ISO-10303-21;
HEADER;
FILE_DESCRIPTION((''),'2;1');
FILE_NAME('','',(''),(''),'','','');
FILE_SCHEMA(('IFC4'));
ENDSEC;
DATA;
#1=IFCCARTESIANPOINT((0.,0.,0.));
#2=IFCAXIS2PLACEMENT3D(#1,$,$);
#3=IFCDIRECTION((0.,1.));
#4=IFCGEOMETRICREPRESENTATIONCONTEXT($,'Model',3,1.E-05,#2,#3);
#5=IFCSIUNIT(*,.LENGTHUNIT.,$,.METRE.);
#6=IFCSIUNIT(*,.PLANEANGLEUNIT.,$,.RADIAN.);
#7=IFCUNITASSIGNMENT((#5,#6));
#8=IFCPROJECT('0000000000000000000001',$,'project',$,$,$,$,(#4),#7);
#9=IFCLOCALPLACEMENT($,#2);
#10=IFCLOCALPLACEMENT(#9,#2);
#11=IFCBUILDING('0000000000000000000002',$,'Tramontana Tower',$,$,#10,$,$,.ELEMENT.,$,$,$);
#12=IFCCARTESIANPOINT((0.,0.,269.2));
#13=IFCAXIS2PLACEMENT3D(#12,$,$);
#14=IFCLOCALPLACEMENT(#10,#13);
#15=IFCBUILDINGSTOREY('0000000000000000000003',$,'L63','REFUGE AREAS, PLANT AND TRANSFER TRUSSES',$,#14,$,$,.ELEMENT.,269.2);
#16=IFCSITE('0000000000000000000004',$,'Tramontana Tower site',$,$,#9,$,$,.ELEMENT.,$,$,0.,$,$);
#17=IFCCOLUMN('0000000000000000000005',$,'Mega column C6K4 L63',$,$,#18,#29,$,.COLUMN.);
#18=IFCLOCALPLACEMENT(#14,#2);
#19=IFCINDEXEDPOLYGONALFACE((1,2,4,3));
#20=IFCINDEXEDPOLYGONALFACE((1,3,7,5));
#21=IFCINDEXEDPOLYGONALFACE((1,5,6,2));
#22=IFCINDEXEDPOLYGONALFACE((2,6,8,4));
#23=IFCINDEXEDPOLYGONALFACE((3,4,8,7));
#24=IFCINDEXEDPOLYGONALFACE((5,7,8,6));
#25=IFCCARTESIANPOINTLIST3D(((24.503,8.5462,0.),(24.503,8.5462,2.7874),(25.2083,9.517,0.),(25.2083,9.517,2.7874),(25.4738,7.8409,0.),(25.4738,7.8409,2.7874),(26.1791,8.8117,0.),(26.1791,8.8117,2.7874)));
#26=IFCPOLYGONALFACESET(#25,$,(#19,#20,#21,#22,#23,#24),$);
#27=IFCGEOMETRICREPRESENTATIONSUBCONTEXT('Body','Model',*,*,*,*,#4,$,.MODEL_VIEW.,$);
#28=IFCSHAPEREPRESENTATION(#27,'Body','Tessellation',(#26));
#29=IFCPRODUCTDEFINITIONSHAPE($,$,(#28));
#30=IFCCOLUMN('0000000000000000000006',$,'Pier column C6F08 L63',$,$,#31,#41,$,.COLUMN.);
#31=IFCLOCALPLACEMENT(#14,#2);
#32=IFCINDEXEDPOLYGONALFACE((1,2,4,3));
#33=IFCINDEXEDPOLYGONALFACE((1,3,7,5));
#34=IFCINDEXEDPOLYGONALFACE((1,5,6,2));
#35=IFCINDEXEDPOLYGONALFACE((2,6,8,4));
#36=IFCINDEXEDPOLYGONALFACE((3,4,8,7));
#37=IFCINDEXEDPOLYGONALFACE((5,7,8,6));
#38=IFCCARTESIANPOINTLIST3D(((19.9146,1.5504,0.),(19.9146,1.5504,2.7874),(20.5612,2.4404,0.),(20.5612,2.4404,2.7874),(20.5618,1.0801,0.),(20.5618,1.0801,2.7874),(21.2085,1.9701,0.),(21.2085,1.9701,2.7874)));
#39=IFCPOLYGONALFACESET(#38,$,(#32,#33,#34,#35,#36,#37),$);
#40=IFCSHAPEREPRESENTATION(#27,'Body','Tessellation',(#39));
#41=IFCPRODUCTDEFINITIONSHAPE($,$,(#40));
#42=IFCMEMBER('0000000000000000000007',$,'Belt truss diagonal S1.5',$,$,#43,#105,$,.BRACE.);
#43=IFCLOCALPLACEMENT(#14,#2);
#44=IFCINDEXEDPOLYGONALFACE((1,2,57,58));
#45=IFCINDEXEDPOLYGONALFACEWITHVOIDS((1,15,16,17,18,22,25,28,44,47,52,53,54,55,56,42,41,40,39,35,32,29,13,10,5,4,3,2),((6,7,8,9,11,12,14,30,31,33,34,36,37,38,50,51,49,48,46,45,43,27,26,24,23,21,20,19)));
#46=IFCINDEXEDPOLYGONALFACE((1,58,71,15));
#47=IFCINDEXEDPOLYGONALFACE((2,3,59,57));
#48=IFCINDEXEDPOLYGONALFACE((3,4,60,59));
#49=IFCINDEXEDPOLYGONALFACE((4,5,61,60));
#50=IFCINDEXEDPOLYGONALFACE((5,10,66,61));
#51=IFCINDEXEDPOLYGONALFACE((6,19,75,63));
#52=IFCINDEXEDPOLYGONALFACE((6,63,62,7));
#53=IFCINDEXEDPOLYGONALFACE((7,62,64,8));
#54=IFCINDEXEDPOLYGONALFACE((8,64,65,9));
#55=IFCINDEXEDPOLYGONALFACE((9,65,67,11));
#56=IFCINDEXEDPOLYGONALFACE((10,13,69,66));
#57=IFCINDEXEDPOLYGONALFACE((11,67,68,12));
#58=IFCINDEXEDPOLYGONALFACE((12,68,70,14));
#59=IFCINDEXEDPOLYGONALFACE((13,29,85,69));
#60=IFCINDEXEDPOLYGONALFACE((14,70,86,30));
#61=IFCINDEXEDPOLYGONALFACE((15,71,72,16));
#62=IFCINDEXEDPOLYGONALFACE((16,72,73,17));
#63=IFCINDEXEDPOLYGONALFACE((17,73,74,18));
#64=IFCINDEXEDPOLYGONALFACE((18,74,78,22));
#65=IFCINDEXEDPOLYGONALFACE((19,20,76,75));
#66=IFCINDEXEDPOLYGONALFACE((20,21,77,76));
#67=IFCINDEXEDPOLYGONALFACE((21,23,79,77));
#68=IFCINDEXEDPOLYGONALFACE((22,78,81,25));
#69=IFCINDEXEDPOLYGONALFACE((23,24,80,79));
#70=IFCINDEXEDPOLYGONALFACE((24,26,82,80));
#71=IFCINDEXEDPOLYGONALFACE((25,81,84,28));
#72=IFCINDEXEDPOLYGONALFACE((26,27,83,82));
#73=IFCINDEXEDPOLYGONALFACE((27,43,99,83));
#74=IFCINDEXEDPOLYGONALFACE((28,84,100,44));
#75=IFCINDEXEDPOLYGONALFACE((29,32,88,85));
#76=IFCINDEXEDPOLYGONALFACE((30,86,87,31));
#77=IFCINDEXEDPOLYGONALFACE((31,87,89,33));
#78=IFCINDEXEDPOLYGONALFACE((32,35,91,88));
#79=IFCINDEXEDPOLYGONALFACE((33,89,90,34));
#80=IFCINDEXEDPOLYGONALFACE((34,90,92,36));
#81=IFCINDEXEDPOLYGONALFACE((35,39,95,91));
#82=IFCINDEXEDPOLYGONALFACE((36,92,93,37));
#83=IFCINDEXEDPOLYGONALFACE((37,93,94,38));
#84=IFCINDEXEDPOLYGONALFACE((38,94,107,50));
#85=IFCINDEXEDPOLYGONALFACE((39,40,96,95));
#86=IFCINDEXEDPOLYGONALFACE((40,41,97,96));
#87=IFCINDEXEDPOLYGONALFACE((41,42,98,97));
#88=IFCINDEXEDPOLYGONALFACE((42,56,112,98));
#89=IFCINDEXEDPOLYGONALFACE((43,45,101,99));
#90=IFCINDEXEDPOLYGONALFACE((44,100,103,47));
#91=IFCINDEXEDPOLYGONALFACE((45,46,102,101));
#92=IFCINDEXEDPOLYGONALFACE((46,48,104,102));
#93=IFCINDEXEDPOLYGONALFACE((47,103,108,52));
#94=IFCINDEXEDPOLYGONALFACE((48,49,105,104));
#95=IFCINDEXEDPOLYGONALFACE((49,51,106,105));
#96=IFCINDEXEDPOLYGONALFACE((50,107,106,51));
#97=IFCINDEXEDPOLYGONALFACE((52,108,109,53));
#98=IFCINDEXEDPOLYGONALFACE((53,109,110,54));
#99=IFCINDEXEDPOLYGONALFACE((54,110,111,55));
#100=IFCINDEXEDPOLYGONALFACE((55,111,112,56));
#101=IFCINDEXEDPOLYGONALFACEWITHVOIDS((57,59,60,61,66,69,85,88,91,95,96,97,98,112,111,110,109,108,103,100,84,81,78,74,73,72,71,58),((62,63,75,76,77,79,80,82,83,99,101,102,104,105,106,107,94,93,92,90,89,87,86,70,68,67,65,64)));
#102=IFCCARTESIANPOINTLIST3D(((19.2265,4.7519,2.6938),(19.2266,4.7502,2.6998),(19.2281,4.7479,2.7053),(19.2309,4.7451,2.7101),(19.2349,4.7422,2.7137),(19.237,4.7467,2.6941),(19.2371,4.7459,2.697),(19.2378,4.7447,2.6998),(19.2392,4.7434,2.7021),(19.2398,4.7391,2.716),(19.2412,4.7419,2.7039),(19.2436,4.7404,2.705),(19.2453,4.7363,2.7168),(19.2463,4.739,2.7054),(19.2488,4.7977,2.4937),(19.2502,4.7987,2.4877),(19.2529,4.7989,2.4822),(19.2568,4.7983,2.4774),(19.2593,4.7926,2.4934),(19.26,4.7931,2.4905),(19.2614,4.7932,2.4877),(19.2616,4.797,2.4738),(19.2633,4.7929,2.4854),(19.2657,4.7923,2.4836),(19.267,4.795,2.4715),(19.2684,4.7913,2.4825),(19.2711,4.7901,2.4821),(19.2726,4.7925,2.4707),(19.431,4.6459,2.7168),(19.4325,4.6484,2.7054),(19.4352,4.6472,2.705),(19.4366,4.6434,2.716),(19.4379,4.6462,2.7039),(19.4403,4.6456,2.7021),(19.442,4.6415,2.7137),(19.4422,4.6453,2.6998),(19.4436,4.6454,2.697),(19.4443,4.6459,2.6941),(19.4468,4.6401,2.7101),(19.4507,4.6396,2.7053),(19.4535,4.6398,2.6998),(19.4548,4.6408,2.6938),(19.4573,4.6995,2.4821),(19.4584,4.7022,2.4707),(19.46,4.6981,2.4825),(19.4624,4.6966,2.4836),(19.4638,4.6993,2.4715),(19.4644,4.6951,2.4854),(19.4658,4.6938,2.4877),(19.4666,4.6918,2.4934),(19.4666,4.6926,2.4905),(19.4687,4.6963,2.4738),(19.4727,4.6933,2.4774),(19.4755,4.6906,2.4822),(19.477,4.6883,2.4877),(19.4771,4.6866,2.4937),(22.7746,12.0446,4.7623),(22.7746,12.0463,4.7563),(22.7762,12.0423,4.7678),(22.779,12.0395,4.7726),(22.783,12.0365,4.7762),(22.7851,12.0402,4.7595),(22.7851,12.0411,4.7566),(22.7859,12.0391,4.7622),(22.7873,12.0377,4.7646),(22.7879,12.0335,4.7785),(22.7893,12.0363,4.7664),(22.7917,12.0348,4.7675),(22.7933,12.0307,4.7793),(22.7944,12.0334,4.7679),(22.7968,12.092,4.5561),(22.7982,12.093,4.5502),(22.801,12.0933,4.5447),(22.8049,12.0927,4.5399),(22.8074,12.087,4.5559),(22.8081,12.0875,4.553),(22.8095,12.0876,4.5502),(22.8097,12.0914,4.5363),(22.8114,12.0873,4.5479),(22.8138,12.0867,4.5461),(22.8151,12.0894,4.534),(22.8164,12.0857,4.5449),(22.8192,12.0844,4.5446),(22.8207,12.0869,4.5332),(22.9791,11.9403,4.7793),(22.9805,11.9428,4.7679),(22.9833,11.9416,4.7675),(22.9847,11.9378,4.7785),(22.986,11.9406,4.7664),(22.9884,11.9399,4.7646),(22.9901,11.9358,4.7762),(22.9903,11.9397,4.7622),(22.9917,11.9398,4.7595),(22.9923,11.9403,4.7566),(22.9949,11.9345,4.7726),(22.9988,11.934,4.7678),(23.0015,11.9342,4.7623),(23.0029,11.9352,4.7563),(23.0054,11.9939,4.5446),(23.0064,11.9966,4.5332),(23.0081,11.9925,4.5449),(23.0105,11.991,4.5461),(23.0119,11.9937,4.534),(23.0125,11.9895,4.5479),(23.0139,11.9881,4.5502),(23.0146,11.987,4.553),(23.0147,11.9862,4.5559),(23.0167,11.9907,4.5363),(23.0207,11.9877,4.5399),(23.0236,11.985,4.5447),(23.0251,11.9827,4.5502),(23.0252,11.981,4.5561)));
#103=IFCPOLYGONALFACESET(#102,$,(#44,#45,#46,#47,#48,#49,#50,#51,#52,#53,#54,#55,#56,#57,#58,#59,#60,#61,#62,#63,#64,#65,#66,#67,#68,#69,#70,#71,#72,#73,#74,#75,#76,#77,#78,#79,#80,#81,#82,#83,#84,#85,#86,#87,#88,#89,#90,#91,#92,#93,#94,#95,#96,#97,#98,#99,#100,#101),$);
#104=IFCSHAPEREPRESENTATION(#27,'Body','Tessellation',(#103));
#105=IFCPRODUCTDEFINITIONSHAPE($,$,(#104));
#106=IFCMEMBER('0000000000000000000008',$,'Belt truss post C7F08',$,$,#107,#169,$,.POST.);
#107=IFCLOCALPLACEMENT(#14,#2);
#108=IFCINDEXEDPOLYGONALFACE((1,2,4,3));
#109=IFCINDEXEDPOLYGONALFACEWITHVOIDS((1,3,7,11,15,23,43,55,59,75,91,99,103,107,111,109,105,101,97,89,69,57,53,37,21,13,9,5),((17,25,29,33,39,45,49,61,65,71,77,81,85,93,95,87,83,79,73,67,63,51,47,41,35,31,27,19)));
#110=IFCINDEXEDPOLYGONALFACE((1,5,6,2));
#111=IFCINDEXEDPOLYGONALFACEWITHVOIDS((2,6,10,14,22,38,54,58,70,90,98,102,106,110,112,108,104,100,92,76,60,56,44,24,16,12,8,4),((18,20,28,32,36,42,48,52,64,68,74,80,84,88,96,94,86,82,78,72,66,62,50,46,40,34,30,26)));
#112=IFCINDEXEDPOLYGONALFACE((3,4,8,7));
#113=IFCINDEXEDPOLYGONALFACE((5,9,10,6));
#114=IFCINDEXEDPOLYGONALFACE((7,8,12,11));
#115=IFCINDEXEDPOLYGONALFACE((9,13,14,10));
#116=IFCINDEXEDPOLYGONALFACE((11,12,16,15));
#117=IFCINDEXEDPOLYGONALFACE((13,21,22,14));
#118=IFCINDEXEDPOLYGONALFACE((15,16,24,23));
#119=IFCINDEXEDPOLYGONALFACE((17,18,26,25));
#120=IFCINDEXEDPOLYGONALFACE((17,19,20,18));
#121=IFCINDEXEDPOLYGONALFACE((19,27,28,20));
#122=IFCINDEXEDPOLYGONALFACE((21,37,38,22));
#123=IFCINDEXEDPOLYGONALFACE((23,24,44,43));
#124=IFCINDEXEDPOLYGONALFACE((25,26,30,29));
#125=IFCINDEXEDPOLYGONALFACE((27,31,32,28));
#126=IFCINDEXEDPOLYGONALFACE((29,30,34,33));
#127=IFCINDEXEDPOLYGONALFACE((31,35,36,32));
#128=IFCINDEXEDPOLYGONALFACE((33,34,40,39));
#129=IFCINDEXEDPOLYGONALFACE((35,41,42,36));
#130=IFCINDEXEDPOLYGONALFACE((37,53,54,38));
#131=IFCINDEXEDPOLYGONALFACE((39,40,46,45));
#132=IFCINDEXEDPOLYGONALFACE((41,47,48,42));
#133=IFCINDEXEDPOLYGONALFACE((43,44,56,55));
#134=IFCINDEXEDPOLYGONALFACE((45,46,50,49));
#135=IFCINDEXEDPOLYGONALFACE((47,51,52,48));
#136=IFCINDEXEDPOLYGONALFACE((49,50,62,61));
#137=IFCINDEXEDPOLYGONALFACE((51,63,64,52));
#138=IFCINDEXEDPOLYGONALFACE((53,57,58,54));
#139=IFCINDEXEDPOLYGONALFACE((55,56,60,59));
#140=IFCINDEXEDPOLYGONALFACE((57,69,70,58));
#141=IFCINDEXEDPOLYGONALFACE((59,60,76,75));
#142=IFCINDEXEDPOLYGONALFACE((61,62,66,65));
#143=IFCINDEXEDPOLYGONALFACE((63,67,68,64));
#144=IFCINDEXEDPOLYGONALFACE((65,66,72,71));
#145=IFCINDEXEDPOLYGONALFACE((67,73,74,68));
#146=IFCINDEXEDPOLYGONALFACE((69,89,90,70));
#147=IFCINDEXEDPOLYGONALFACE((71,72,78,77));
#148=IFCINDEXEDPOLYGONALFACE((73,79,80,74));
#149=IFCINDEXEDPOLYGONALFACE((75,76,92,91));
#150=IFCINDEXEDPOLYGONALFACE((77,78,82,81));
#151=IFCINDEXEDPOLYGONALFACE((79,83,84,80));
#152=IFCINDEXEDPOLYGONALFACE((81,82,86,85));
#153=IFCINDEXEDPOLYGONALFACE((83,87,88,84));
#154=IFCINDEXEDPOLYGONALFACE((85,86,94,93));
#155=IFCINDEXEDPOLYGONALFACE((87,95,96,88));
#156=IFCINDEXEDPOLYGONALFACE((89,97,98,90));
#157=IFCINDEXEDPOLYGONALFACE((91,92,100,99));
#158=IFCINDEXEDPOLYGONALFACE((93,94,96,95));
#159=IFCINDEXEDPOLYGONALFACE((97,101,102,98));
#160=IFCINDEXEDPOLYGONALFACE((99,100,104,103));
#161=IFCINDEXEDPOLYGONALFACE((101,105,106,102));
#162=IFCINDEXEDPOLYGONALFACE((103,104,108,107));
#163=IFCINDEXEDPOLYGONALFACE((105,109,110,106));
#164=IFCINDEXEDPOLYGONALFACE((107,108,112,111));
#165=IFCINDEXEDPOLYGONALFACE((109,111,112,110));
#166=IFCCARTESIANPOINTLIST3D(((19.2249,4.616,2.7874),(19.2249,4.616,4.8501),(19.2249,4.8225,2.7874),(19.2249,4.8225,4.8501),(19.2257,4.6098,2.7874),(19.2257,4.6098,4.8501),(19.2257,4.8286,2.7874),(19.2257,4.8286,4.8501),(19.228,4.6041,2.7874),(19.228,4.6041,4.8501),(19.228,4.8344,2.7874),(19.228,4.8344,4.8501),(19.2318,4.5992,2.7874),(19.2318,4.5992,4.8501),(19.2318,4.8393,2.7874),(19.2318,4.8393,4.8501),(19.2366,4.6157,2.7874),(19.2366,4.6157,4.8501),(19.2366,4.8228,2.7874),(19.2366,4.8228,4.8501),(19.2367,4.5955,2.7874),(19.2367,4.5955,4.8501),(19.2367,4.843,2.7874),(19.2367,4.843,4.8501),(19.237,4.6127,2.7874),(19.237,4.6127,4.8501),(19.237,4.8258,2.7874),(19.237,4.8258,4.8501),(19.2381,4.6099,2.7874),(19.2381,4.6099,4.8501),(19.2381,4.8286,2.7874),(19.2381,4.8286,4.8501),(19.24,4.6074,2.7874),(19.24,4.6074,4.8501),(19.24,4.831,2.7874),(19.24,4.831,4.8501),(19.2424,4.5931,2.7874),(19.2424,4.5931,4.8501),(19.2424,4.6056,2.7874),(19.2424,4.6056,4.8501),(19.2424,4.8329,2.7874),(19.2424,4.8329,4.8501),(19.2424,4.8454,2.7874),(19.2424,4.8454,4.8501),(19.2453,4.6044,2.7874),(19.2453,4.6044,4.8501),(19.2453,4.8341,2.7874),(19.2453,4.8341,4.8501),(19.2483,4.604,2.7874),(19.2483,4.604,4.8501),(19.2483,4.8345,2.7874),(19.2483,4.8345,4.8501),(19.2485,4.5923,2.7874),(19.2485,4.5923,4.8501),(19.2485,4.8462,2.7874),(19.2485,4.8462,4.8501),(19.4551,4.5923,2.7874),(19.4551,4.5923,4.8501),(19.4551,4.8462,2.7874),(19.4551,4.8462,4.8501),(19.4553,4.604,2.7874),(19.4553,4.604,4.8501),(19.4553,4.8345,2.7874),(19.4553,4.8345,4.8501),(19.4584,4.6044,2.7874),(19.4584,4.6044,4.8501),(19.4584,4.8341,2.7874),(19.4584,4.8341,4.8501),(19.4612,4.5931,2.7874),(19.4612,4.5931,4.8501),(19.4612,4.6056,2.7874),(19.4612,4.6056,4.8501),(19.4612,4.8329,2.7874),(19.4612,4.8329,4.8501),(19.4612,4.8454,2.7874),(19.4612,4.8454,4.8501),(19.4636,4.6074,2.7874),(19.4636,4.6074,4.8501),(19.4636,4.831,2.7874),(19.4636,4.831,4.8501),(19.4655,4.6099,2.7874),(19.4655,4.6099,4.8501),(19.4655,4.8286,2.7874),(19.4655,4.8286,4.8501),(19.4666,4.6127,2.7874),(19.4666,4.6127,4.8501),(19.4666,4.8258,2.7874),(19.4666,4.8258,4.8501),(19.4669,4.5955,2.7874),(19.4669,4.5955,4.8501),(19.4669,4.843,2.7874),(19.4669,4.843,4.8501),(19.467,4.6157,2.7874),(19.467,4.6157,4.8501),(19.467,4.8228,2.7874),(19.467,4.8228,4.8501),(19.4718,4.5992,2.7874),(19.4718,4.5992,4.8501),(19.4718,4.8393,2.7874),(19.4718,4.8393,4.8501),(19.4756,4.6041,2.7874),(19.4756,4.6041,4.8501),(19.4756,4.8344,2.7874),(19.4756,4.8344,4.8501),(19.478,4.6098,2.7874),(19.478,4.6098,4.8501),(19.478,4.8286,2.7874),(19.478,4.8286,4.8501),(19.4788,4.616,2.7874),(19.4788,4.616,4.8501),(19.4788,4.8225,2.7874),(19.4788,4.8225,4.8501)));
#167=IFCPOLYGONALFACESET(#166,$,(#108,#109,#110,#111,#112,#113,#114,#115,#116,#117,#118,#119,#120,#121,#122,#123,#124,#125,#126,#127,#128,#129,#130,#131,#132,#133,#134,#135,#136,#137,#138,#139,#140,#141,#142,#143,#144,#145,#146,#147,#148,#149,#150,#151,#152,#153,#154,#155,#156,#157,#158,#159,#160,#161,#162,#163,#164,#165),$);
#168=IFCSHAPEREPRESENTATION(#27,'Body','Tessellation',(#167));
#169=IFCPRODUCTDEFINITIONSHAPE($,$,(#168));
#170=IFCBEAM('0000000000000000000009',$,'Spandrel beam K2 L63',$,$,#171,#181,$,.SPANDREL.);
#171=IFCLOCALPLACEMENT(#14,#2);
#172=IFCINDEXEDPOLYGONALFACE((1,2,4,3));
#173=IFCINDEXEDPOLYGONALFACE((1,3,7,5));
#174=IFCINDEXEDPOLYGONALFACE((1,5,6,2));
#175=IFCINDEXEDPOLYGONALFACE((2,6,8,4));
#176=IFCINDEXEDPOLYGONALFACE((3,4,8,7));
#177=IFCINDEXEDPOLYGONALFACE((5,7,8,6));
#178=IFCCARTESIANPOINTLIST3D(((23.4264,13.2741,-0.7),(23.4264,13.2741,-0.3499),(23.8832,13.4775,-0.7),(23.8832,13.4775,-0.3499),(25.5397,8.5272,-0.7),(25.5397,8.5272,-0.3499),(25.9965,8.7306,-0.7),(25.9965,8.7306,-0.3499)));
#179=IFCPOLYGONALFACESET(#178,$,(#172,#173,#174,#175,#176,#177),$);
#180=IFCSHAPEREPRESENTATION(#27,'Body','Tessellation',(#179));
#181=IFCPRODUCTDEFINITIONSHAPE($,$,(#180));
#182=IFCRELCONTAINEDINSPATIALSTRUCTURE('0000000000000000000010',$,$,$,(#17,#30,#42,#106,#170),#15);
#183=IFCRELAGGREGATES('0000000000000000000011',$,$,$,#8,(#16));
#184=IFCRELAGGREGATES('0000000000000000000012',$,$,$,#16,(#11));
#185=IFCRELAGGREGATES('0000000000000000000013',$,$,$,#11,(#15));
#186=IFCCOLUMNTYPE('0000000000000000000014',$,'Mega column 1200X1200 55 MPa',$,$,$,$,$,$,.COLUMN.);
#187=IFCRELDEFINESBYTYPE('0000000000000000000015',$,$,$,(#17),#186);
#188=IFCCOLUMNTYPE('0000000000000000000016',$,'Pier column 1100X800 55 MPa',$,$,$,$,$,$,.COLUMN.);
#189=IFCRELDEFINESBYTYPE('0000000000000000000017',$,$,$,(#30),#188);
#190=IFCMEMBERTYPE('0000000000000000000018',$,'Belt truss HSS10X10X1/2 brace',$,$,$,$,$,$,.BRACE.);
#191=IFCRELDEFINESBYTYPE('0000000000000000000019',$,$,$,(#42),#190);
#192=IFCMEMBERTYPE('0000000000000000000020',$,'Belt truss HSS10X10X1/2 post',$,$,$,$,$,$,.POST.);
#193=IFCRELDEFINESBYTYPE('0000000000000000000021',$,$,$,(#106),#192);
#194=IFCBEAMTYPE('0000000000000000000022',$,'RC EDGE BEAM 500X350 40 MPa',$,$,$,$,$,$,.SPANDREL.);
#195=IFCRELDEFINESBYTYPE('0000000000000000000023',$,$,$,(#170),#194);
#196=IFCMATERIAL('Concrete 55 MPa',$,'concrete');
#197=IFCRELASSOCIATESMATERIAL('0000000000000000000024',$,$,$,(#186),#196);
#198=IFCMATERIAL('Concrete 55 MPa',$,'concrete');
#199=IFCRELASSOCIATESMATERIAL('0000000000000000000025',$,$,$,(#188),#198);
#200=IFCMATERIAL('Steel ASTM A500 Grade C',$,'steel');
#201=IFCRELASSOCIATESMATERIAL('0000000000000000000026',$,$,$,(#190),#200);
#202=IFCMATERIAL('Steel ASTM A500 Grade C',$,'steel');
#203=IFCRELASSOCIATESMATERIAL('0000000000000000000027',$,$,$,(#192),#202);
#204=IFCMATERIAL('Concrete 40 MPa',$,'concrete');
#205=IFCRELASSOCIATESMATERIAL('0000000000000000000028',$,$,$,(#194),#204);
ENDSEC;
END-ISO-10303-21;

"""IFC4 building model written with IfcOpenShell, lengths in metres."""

from ifc_helpers import new_model, si_unit, direction, frame, origin, origin_2d, place, context, subcontext, project, spatial, rectangle, hollow_rectangle, extrude, material, material_profile, profile_set, type_object, element, save


model = new_model("IFC4")

# Units and contexts
model_context = context("Model", 3, precision=1e-05, world=origin(), true_north=direction((0.0, 1.0)))
body_context = subcontext(model_context, "Body", "Model", "MODEL_VIEW")
ifc_project = project(units=[si_unit("LENGTHUNIT", "METRE"), si_unit("PLANEANGLEUNIT", "RADIAN")], contexts=[model_context])

# Site, building, storey
site_placement = place(None, origin())
site = spatial("IfcSite", under=ifc_project, at=site_placement, Name="Tramontana Tower site", CompositionType="ELEMENT", RefElevation=0.0)
building_placement = place(site_placement, origin())
building = spatial("IfcBuilding", under=site, at=building_placement, Name="Tramontana Tower", CompositionType="ELEMENT")
storey_placement = place(building_placement, frame((0.0, 0.0, 269.2)))
storey = spatial("IfcBuildingStorey", under=building, at=storey_placement, Name="L63", Description="REFUGE AREAS, PLANT AND TRANSFER TRUSSES", CompositionType="ELEMENT", Elevation=269.2)

# Columns
ifc_material_1 = material(Name="Concrete 55 MPa", Category="concrete")
ifc_material_profile_1 = material_profile(ifc_material_1, rectangle(XDim=1.2, YDim=1.2, at=origin_2d()), Name="Mega column 1200X1200 55 MPa")
ifc_profile_set_1 = profile_set([ifc_material_profile_1], Name="Concrete 55 MPa")
column_type_1 = type_object("IfcColumnType", Name="Mega column 1200X1200 55 MPa", PredefinedType="COLUMN", material=ifc_profile_set_1)
column_1_placement = place(storey_placement, frame((25.3411, 8.679, 0.0), z_axis=(0.0, 0.0, 1.0), x_axis=(0.587785, 0.809017, 0.0)))
element("IfcColumn", 1, at=column_1_placement, inside=storey, type_object=column_type_1, Name="Mega column C6K4 L63", PredefinedType="COLUMN", context=body_context, shape_type="SweptSolid", body=[
    extrude(rectangle(XDim=1.2, YDim=1.2, at=origin_2d()), origin(), (0.0, 0.0, 1.0), 2.7874),
])
ifc_material_2 = material(Name="Concrete 55 MPa", Category="concrete")
ifc_material_profile_2 = material_profile(ifc_material_2, rectangle(XDim=1.1001, YDim=0.8, at=origin_2d()), Name="Pier column 1100X800 55 MPa")
ifc_profile_set_2 = profile_set([ifc_material_profile_2], Name="Concrete 55 MPa")
column_type_2 = type_object("IfcColumnType", Name="Pier column 1100X800 55 MPa", PredefinedType="COLUMN", material=ifc_profile_set_2)
column_2_placement = place(storey_placement, frame((20.5615, 1.7603, 0.0), z_axis=(0.0, 0.0, 1.0), x_axis=(0.587785, 0.809017, 0.0)))
element("IfcColumn", 2, at=column_2_placement, inside=storey, type_object=column_type_2, Name="Pier column C6F08 L63", PredefinedType="COLUMN", context=body_context, shape_type="SweptSolid", body=[
    extrude(rectangle(XDim=1.1001, YDim=0.8, at=origin_2d()), origin(), (0.0, 0.0, 1.0), 2.7874),
])

# Members
ifc_material_3 = material(Name="Steel ASTM A500 Grade C", Category="steel")
ifc_material_profile_3 = material_profile(ifc_material_3, hollow_rectangle(XDim=0.2539, YDim=0.2539, WallThickness=0.0117, InnerFilletRadius=0.0117, OuterFilletRadius=0.0237, at=origin_2d()), Name="HSS10X10X1/2")
ifc_profile_set_3 = profile_set([ifc_material_profile_3], Name="Steel ASTM A500 Grade C")
member_type_1 = type_object("IfcMemberType", Name="Belt truss HSS10X10X1/2 brace", PredefinedType="BRACE", material=ifc_profile_set_3)
member_1_placement = place(storey_placement, frame((19.3518, 4.7192, 2.5938), z_axis=(0.423922, 0.87153, 0.246425), x_axis=(-0.899262, 0.437411, 0.0)))
element("IfcMember", 3, at=member_1_placement, inside=storey, type_object=member_type_1, Name="Belt truss diagonal S1.5", PredefinedType="BRACE", context=body_context, shape_type="SweptSolid", body=[
    extrude(hollow_rectangle(XDim=0.2539, YDim=0.2539, WallThickness=0.0117, InnerFilletRadius=0.0117, OuterFilletRadius=0.0237, at=origin_2d()), origin(), (0.0, 0.0, 1.0), 8.3696),
])
ifc_material_4 = material(Name="Steel ASTM A500 Grade C", Category="steel")
ifc_material_profile_4 = material_profile(ifc_material_4, hollow_rectangle(XDim=0.2539, YDim=0.2539, WallThickness=0.0117, InnerFilletRadius=0.0117, OuterFilletRadius=0.0237, at=origin_2d()), Name="HSS10X10X1/2")
ifc_profile_set_4 = profile_set([ifc_material_profile_4], Name="Steel ASTM A500 Grade C")
member_type_2 = type_object("IfcMemberType", Name="Belt truss HSS10X10X1/2 post", PredefinedType="POST", material=ifc_profile_set_4)
member_2_placement = place(storey_placement, frame((19.3518, 4.7192, 2.7874), z_axis=(0.0, 0.0, 1.0), x_axis=(1.0, 0.0, 0.0)))
element("IfcMember", 4, at=member_2_placement, inside=storey, type_object=member_type_2, Name="Belt truss post C7F08", PredefinedType="POST", context=body_context, shape_type="SweptSolid", body=[
    extrude(hollow_rectangle(XDim=0.2539, YDim=0.2539, WallThickness=0.0117, InnerFilletRadius=0.0117, OuterFilletRadius=0.0237, at=origin_2d()), origin(), (0.0, 0.0, 1.0), 2.0627),
])

# Beam
ifc_material_5 = material(Name="Concrete 40 MPa", Category="concrete")
ifc_material_profile_5 = material_profile(ifc_material_5, rectangle(XDim=0.5, YDim=0.3501, at=origin_2d()), Name="RC EDGE BEAM 500X350 40 MPa")
ifc_profile_set_5 = profile_set([ifc_material_profile_5], Name="Concrete 40 MPa")
beam_type_1 = type_object("IfcBeamType", Name="RC EDGE BEAM 500X350 40 MPa", PredefinedType="SPANDREL", material=ifc_profile_set_5)
beam_1_placement = place(storey_placement, frame((25.7681, 8.6289, -0.5249), z_axis=(-0.406714, 0.913556, 0.0), x_axis=(-0.913556, -0.406714, 0.0)))
element("IfcBeam", 5, at=beam_1_placement, inside=storey, type_object=beam_type_1, Name="Spandrel beam K2 L63", PredefinedType="SPANDREL", context=body_context, shape_type="SweptSolid", body=[
    extrude(rectangle(XDim=0.5, YDim=0.3501, at=origin_2d()), origin(), (0.0, 0.0, 1.0), 5.196),
])

save(model, "model.ifc")
